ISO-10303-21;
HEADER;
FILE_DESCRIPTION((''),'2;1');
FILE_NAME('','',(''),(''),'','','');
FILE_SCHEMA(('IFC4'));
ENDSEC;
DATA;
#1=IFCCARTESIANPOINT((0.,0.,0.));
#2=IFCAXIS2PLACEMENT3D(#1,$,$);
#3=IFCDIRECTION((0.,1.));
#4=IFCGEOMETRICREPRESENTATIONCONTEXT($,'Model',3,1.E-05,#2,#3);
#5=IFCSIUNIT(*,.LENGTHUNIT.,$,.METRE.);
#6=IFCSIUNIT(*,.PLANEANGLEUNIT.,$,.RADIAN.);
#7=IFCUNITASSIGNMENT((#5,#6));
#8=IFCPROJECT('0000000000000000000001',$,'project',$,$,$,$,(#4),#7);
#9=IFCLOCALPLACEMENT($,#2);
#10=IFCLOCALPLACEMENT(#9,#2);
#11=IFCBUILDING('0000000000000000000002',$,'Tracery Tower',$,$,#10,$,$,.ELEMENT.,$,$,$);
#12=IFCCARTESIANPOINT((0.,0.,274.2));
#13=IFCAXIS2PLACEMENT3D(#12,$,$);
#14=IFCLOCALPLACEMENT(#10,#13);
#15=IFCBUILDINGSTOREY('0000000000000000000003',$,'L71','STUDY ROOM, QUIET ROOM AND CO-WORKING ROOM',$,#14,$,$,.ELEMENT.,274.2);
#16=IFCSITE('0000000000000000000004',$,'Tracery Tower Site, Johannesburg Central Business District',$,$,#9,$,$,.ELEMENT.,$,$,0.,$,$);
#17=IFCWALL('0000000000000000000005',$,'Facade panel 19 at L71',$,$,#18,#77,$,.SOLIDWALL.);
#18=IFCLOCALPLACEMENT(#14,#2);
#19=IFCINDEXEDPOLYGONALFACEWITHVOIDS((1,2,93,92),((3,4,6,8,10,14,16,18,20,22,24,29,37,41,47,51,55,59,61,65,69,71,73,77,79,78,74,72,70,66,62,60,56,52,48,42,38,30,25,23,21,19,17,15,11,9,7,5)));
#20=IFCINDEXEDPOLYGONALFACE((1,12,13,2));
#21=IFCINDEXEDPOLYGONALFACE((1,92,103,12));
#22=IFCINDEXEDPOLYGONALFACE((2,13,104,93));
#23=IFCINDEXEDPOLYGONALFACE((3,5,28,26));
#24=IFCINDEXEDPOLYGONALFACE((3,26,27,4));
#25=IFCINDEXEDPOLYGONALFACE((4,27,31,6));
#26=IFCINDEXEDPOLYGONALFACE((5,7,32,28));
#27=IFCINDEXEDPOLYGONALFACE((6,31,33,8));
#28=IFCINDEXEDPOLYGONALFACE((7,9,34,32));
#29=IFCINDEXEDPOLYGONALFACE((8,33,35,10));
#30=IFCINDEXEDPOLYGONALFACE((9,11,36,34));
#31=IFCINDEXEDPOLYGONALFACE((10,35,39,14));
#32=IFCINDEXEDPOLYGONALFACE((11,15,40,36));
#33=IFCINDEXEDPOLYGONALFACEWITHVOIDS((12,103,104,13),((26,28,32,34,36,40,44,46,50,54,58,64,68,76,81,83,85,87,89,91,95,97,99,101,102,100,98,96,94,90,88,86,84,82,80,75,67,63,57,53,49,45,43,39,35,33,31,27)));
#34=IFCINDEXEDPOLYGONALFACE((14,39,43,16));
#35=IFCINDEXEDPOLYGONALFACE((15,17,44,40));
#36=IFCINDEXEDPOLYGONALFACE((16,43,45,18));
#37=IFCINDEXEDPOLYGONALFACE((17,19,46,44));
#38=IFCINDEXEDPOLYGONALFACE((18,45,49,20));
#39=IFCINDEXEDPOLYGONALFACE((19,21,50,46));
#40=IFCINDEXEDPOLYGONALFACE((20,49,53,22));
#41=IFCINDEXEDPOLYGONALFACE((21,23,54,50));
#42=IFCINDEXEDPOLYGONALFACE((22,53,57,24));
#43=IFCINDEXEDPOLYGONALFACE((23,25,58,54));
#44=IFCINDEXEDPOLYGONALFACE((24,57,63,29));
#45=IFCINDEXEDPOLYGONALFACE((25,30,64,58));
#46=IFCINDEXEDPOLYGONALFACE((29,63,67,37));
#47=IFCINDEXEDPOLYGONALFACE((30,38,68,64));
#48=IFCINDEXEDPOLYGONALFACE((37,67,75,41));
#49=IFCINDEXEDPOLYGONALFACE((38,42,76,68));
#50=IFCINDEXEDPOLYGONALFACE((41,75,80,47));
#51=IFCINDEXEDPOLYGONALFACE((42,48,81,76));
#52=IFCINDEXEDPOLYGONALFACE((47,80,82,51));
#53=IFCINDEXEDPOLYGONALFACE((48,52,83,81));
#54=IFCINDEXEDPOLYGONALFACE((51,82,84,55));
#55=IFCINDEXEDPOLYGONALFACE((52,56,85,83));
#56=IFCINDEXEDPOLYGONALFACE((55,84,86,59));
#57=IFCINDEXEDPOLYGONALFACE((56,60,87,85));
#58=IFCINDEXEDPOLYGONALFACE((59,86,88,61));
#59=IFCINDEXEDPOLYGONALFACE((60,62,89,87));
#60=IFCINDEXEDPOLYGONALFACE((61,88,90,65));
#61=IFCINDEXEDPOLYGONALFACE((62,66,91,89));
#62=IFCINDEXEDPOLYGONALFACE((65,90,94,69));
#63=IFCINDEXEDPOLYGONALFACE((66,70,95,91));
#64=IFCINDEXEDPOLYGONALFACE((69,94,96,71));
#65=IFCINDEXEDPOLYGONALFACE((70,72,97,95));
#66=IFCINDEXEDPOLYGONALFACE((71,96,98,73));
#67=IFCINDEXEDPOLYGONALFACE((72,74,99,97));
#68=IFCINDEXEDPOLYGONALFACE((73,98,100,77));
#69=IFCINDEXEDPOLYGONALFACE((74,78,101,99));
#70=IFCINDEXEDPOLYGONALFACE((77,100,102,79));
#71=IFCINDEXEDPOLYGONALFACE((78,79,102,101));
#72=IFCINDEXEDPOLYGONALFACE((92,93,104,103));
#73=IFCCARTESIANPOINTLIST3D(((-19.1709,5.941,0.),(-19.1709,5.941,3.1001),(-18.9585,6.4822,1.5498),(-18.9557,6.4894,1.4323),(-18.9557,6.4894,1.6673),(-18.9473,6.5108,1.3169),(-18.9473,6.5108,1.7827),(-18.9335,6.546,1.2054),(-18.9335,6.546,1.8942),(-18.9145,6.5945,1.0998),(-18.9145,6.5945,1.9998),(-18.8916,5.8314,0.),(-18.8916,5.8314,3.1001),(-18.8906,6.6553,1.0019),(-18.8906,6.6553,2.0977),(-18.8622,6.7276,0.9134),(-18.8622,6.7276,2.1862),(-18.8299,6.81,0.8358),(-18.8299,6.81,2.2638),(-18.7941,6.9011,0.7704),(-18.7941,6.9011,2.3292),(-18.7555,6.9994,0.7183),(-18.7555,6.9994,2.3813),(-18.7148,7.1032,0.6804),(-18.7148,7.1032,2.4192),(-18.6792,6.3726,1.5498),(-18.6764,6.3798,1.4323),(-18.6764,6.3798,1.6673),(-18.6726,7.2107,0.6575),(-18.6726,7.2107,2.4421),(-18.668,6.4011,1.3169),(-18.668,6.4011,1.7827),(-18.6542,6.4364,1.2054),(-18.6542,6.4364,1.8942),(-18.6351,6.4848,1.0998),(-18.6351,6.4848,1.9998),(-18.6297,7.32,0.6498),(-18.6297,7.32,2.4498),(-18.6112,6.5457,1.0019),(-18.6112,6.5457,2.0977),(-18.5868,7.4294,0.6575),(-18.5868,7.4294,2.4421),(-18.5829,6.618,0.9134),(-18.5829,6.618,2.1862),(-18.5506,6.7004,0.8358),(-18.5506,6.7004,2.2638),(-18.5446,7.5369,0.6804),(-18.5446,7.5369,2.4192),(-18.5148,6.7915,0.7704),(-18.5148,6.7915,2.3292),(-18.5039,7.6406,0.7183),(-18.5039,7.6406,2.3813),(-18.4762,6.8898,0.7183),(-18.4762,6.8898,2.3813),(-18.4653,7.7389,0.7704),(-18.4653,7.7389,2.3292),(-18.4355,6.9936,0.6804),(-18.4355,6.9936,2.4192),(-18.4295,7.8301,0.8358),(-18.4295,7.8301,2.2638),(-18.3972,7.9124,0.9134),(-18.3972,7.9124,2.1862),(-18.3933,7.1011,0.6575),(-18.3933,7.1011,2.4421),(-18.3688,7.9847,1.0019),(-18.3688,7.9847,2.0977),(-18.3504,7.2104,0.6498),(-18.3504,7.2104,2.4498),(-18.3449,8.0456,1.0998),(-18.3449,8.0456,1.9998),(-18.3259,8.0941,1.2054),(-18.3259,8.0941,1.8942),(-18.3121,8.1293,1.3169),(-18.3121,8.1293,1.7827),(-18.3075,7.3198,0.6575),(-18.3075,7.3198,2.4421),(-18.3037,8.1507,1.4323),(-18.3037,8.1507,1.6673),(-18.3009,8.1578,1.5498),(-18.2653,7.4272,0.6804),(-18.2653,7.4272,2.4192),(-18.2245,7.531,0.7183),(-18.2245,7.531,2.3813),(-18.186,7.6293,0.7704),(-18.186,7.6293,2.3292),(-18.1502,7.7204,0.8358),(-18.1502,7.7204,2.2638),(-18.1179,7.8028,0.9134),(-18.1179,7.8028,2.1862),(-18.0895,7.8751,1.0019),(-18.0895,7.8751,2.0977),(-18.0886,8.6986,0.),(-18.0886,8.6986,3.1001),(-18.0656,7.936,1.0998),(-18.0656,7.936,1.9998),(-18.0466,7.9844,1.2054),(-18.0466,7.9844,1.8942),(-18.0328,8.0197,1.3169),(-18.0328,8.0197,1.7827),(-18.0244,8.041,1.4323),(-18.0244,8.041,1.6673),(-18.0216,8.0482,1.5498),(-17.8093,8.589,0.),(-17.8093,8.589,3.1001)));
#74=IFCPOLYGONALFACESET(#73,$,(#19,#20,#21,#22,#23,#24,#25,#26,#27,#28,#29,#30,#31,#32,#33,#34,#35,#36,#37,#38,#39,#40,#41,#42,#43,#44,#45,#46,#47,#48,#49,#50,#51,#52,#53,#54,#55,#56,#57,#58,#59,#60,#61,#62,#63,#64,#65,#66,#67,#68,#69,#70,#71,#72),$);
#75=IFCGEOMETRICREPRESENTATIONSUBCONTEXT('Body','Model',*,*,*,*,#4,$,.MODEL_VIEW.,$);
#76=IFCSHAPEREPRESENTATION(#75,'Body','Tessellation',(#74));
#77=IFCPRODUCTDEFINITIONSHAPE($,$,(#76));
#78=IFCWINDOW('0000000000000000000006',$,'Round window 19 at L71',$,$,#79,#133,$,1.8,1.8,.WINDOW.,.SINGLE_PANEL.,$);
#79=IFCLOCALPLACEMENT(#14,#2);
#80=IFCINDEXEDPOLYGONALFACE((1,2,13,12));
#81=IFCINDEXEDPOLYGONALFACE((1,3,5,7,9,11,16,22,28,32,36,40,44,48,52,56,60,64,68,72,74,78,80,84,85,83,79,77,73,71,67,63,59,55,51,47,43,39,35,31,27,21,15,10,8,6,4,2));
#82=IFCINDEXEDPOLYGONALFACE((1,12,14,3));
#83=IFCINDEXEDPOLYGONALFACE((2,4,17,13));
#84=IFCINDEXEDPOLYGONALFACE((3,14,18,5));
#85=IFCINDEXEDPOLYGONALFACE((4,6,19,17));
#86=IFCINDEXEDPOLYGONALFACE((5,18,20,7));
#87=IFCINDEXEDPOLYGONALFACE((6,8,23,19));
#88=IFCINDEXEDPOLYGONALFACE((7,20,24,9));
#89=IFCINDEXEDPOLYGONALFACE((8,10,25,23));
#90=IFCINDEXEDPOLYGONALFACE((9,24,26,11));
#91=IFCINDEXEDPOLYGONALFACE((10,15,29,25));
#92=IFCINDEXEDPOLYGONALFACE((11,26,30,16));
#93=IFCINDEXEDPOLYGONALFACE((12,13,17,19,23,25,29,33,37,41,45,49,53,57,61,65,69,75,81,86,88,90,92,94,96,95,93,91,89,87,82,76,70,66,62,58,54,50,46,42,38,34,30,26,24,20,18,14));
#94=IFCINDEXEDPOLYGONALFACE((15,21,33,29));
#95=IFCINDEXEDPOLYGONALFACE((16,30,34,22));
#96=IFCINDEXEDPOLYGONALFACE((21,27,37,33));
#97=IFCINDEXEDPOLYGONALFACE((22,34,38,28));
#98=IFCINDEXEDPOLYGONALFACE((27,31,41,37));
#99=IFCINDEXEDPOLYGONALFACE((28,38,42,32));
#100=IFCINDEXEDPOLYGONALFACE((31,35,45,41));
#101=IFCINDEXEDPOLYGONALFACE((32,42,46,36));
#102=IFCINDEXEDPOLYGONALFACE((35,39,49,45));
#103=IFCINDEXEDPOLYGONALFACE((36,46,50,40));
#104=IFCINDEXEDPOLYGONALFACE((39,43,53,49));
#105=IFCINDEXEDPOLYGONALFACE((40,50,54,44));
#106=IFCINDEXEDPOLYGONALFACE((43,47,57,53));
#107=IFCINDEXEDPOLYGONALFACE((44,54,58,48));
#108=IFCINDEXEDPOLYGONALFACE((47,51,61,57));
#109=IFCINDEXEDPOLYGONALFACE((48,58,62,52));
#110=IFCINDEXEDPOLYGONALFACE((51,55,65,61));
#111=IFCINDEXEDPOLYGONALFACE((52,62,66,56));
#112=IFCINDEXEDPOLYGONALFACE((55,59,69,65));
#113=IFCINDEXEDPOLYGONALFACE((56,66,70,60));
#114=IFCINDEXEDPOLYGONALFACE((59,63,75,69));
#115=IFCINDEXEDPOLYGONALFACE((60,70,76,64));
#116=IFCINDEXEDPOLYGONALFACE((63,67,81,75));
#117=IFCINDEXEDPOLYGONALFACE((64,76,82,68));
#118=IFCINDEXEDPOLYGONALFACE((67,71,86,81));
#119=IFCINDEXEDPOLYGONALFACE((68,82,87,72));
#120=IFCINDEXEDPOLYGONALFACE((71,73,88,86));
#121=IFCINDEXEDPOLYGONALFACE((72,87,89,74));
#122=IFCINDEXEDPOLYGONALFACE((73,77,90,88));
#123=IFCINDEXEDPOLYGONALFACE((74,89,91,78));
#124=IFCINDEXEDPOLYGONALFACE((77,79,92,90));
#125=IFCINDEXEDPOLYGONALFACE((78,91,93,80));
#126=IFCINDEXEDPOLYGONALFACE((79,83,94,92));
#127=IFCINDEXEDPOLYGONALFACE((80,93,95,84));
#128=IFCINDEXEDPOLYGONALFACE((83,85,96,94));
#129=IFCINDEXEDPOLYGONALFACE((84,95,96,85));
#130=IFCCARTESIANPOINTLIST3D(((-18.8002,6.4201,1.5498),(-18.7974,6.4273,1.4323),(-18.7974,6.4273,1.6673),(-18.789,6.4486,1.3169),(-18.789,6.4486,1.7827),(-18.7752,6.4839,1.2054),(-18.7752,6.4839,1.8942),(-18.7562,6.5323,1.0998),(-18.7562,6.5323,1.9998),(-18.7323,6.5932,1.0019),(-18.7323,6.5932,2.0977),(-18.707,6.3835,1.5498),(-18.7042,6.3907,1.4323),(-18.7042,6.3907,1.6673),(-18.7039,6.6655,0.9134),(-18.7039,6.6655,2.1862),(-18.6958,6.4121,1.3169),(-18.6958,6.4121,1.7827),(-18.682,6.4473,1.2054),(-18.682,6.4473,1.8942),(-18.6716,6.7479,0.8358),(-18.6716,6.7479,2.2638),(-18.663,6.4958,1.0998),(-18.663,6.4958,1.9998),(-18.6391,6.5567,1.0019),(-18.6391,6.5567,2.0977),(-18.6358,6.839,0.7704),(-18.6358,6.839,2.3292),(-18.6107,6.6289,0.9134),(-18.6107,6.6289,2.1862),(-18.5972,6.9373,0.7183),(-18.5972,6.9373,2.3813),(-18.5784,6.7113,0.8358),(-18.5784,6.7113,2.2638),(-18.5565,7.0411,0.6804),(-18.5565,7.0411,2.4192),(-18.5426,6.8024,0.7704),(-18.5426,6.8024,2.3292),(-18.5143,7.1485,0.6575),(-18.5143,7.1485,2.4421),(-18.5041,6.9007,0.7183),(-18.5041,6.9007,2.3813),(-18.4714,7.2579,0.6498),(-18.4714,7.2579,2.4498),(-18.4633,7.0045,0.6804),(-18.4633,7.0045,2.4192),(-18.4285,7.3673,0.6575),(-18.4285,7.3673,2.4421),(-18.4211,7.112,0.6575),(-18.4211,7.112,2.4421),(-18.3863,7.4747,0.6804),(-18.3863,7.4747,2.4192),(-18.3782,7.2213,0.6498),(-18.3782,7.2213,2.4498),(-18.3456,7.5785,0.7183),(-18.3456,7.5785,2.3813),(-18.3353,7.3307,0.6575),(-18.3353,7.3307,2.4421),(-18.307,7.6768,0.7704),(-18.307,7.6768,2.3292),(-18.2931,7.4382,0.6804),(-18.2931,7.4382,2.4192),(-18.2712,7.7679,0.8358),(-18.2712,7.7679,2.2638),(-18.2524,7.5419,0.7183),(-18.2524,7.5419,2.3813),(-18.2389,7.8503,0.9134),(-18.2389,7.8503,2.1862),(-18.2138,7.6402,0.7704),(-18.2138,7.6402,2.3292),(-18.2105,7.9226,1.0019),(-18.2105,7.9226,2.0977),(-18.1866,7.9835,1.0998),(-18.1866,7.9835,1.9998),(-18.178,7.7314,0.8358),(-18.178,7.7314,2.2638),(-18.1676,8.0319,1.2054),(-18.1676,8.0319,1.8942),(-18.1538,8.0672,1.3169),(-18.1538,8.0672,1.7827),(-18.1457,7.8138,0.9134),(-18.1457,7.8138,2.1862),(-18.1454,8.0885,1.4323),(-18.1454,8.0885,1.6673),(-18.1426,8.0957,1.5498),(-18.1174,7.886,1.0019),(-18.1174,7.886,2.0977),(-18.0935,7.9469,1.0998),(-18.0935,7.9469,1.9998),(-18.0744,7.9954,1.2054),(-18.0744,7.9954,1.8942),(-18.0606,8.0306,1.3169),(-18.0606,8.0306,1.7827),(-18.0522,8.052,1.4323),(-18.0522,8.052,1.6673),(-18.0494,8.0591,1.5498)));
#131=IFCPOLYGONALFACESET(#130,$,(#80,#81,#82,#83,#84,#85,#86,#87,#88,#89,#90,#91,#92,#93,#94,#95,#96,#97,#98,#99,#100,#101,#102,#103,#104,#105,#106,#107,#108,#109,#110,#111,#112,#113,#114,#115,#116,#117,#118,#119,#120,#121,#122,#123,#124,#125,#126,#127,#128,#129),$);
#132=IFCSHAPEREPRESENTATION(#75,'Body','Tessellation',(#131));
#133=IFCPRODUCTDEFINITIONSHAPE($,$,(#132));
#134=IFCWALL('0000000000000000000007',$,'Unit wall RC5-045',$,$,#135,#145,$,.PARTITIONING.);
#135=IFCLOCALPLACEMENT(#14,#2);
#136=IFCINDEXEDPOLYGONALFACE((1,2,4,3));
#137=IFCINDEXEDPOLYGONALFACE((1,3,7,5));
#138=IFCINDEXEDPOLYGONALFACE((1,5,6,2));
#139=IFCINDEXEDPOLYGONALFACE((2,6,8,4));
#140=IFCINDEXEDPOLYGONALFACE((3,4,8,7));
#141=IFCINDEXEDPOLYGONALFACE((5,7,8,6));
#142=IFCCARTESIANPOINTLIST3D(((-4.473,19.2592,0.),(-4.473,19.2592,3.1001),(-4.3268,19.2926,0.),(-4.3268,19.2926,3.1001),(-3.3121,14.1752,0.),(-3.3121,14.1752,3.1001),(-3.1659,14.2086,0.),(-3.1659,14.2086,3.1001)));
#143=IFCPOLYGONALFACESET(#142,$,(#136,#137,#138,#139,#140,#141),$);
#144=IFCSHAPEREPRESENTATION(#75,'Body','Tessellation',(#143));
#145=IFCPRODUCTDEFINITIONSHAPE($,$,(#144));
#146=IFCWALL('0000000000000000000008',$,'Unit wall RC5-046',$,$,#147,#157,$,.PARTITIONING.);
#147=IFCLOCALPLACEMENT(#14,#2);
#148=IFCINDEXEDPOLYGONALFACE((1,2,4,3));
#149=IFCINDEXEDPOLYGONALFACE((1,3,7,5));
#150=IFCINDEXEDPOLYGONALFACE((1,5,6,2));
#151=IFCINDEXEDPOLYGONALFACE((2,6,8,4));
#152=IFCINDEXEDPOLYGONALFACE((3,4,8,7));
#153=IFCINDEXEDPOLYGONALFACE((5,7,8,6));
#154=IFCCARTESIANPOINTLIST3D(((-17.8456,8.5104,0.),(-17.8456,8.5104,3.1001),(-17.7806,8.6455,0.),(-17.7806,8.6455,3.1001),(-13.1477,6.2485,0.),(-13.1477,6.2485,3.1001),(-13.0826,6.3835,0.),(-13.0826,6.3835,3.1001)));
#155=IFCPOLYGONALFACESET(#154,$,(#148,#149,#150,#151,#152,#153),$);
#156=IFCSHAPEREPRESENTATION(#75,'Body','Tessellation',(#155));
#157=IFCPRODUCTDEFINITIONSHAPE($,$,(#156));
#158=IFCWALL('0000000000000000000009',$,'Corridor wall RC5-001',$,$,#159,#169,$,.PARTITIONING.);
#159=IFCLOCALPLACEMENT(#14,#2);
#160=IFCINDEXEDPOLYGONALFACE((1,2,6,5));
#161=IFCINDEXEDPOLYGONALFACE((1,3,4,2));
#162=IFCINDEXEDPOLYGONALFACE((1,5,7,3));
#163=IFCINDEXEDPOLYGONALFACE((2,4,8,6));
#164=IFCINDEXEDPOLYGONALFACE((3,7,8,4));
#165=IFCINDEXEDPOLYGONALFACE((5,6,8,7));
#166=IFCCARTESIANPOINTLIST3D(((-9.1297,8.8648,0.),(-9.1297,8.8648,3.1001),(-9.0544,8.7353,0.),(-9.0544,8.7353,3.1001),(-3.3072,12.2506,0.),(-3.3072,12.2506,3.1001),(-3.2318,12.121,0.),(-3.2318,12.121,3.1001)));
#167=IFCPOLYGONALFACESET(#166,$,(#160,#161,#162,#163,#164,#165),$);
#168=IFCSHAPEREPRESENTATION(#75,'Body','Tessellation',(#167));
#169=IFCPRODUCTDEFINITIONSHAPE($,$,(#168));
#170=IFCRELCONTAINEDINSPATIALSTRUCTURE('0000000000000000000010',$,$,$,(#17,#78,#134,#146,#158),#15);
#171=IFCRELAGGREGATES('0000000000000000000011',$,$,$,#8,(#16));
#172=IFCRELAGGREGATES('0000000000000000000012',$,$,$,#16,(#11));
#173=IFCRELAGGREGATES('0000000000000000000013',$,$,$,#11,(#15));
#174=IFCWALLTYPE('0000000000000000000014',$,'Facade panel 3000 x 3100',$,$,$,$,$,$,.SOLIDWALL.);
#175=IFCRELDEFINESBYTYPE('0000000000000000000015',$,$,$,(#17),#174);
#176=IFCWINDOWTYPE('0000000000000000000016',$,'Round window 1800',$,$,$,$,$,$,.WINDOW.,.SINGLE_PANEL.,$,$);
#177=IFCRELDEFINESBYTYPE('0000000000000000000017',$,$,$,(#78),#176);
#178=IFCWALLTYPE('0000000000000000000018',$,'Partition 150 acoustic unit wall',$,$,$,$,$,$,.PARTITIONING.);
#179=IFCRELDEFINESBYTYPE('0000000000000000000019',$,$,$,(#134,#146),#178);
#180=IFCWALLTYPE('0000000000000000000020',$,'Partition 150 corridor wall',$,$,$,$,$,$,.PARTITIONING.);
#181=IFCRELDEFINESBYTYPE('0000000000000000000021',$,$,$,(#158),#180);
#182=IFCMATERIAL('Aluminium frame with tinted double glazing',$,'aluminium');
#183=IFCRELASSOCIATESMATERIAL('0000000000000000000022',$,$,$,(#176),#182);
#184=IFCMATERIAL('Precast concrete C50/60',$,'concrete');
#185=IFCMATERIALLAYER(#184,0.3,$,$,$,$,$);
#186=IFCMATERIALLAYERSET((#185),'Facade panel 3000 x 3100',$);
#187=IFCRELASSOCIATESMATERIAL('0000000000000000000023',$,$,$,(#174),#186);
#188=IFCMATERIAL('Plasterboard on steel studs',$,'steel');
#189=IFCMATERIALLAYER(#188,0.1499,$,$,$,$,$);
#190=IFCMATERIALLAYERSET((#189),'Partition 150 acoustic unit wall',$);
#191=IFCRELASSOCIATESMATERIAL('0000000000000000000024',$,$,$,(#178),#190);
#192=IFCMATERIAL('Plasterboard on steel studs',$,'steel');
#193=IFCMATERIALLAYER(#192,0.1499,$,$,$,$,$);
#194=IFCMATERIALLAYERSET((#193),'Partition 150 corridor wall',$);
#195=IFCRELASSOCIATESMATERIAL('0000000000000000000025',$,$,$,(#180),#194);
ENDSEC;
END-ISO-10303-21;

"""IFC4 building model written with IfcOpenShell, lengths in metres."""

from ifc_helpers import new_model, si_unit, direction, frame, frame_2d, origin, origin_2d, place, context, subcontext, project, spatial, rectangle, circle, extrude, material, layer, layer_set, type_object, element, fill, save


model = new_model("IFC4")

# Units and contexts
model_context = context("Model", 3, precision=1e-05, world=origin(), true_north=direction((0.0, 1.0)))
body_context = subcontext(model_context, "Body", "Model", "MODEL_VIEW")
ifc_project = project(units=[si_unit("LENGTHUNIT", "METRE"), si_unit("PLANEANGLEUNIT", "RADIAN")], contexts=[model_context])

# Site, building, storey
site_placement = place(None, origin())
site = spatial("IfcSite", under=ifc_project, at=site_placement, Name="Tracery Tower Site, Johannesburg Central Business District", CompositionType="ELEMENT", RefElevation=0.0)
building_placement = place(site_placement, origin())
building = spatial("IfcBuilding", under=site, at=building_placement, Name="Tracery Tower", CompositionType="ELEMENT")
storey_placement = place(building_placement, frame((0.0, 0.0, 274.2)))
storey = spatial("IfcBuildingStorey", under=building, at=storey_placement, Name="L71", Description="STUDY ROOM, QUIET ROOM AND CO-WORKING ROOM", CompositionType="ELEMENT", Elevation=274.2)

# Wall, opening, window
ifc_material_1 = material(Name="Aluminium frame with tinted double glazing", Category="aluminium")
window_type = type_object("IfcWindowType", Name="Round window 1800", PartitioningType="SINGLE_PANEL", PredefinedType="WINDOW", material=ifc_material_1)
ifc_material_2 = material(Name="Precast concrete C50/60", Category="concrete")
ifc_layer_1 = layer(ifc_material_2, 0.3)
ifc_layer_set_1 = layer_set([ifc_layer_1], Name="Facade panel 3000 x 3100")
wall_type_1 = type_object("IfcWallType", Name="Facade panel 3000 x 3100", PredefinedType="SOLIDWALL", material=ifc_layer_set_1)
wall_1_placement = place(storey_placement, frame((-17.949, 8.6438, 0.0), z_axis=(0.0, 0.0, 1.0), x_axis=(-0.365344, -0.930873, 0.0)))
wall_1 = element("IfcWall", 1, at=wall_1_placement, inside=storey, type_object=wall_type_1, Name="Facade panel 19 at L71", PredefinedType="SOLIDWALL", context=body_context, shape_type="SweptSolid", body=[
    extrude(rectangle(XDim=2.9624, YDim=0.3, at=frame_2d((1.4812, 0.0))), origin(), (0.0, 0.0, 1.0), 3.1001),
])
opening_1_placement = place(wall_1_placement, frame((1.481, 0.0, 1.5498)))
opening_1 = element("IfcOpeningElement", 2, at=opening_1_placement, cuts=wall_1, PredefinedType="OPENING", context=body_context, shape_type="SweptSolid", body=[
    extrude(circle(Radius=0.9, at=origin_2d()), frame((0.0, 0.1599, 0.0), z_axis=(0.0, -1.0, 0.0), x_axis=(1.0, 0.0, 0.0)), (0.0, 0.0, 1.0), 0.3201),
])
window_1_placement = place(opening_1_placement, origin())
window_1 = element("IfcWindow", 3, at=window_1_placement, inside=storey, type_object=window_type, Name="Round window 19 at L71", OverallHeight=1.8, OverallWidth=1.8, PartitioningType="SINGLE_PANEL", PredefinedType="WINDOW", context=body_context, shape_type="SweptSolid", body=[
    extrude(circle(Radius=0.9, at=origin_2d()), frame((0.0, 0.1201, 0.0), z_axis=(0.0, -1.0, 0.0), x_axis=(1.0, 0.0, 0.0)), (0.0, 0.0, 1.0), 0.1001),
])
fill(opening_1, window_1)

# Walls
ifc_material_3 = material(Name="Plasterboard on steel studs", Category="steel")
ifc_layer_2 = layer(ifc_material_3, 0.1499)
ifc_layer_set_2 = layer_set([ifc_layer_2], Name="Partition 150 acoustic unit wall")
wall_type_2 = type_object("IfcWallType", Name="Partition 150 acoustic unit wall", PredefinedType="PARTITIONING", material=ifc_layer_set_2)
wall_2_placement = place(storey_placement, frame((-4.3999, 19.2759, 0.0), z_axis=(0.0, 0.0, 1.0), x_axis=(0.222613, -0.974907, 0.0)))
element("IfcWall", 4, at=wall_2_placement, inside=storey, type_object=wall_type_2, Name="Unit wall RC5-045", PredefinedType="PARTITIONING", context=body_context, shape_type="SweptSolid", body=[
    extrude(rectangle(XDim=5.2148, YDim=0.1499, at=frame_2d((2.6074, 0.0))), origin(), (0.0, 0.0, 1.0), 3.1001),
])
wall_3_placement = place(storey_placement, frame((-17.813, 8.5779, 0.0), z_axis=(0.0, 0.0, 1.0), x_axis=(0.901004, -0.43381, 0.0)))
element("IfcWall", 5, at=wall_3_placement, inside=storey, type_object=wall_type_2, Name="Unit wall RC5-046", PredefinedType="PARTITIONING", context=body_context, shape_type="SweptSolid", body=[
    extrude(rectangle(XDim=5.2141, YDim=0.1499, at=frame_2d((2.6069, 0.0))), origin(), (0.0, 0.0, 1.0), 3.1001),
])
ifc_material_4 = material(Name="Plasterboard on steel studs", Category="steel")
ifc_layer_3 = layer(ifc_material_4, 0.1499)
ifc_layer_set_3 = layer_set([ifc_layer_3], Name="Partition 150 corridor wall")
wall_type_3 = type_object("IfcWallType", Name="Partition 150 corridor wall", PredefinedType="PARTITIONING", material=ifc_layer_set_3)
wall_4_placement = place(storey_placement, frame((-9.092, 8.8, 0.0), z_axis=(0.0, 0.0, 1.0), x_axis=(0.864471, 0.502683, 0.0)))
element("IfcWall", 6, at=wall_4_placement, inside=storey, type_object=wall_type_3, Name="Corridor wall RC5-001", PredefinedType="PARTITIONING", context=body_context, shape_type="SweptSolid", body=[
    extrude(rectangle(XDim=6.7354, YDim=0.1499, at=frame_2d((3.3677, 0.0))), origin(), (0.0, 0.0, 1.0), 3.1001),
])

save(model, "model.ifc")
